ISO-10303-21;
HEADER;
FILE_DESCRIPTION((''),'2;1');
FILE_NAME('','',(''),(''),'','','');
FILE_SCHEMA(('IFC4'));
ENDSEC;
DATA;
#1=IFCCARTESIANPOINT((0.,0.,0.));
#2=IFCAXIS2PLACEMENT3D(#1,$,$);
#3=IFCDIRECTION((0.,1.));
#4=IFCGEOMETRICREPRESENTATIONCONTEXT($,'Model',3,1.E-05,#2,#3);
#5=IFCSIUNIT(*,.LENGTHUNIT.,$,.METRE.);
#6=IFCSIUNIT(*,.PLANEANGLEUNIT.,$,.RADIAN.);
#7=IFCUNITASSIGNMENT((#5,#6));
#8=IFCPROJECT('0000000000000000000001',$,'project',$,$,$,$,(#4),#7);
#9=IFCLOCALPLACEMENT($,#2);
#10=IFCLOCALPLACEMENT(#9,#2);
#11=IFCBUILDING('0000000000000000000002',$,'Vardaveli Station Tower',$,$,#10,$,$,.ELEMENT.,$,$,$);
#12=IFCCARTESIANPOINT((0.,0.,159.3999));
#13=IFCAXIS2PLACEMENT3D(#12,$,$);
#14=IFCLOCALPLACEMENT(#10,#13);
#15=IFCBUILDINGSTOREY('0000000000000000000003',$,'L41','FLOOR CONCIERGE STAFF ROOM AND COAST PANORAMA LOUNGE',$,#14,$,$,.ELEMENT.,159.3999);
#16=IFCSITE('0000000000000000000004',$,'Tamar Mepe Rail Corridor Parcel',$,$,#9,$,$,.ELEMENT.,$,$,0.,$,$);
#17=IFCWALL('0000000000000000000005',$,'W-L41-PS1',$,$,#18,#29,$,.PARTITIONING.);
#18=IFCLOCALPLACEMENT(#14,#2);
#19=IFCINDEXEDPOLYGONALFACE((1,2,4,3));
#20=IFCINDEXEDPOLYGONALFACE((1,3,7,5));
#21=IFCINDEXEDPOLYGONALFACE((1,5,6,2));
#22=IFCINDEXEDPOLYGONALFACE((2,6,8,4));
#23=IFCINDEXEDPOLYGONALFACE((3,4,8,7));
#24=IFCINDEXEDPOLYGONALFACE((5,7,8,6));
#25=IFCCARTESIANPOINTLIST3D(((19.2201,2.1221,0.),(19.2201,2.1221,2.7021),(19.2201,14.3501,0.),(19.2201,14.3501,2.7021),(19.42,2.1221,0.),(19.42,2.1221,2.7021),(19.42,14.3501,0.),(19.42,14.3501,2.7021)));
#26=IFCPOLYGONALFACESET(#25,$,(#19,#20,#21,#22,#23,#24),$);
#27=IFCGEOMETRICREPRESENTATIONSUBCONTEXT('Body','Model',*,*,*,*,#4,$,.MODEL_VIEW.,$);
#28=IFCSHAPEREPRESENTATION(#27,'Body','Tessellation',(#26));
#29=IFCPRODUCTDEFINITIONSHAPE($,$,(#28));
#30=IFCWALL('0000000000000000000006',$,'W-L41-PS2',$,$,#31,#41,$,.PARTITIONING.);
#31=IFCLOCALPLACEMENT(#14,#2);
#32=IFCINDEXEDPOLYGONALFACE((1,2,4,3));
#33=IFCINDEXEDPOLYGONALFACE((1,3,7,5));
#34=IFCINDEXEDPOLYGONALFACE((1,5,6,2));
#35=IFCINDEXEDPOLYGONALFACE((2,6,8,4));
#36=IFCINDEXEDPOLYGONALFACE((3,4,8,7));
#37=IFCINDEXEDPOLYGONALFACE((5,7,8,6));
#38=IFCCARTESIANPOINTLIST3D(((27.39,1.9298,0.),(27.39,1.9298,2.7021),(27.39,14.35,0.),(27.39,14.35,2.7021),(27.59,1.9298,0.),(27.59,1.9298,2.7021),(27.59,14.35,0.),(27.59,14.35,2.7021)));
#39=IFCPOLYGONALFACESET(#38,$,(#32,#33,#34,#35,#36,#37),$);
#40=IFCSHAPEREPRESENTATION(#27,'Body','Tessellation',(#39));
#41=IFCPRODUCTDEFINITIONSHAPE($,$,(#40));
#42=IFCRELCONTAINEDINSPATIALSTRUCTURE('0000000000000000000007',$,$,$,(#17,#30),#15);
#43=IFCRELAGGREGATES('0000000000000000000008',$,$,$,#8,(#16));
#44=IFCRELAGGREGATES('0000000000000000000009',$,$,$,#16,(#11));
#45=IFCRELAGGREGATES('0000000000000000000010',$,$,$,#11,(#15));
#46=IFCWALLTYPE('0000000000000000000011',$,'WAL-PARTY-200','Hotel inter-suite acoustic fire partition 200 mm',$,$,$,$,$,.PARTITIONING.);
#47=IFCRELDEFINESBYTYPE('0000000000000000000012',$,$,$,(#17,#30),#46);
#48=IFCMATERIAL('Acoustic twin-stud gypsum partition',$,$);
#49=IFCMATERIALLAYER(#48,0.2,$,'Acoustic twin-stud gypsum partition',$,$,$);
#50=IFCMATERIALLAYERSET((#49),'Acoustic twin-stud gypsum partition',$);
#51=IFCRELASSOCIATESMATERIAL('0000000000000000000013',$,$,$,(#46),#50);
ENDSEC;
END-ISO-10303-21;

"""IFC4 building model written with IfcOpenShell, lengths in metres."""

from ifc_helpers import new_model, si_unit, direction, frame, frame_2d, origin, place, context, subcontext, project, spatial, rectangle, extrude, source, transform, mapped, material, layer, layer_set, type_object, element, save


model = new_model("IFC4")

# Units and contexts
model_context = context("Model", 3, precision=1e-05, world=origin(), true_north=direction((0.0, 1.0)))
body_context = subcontext(model_context, "Body", "Model", "MODEL_VIEW")
ifc_project = project(units=[si_unit("LENGTHUNIT", "METRE"), si_unit("PLANEANGLEUNIT", "RADIAN")], contexts=[model_context])

# Site, building, storey
site_placement = place(None, origin())
site = spatial("IfcSite", under=ifc_project, at=site_placement, Name="Tamar Mepe Rail Corridor Parcel", CompositionType="ELEMENT", RefElevation=0.0)
building_placement = place(site_placement, origin())
building = spatial("IfcBuilding", under=site, at=building_placement, Name="Vardaveli Station Tower", CompositionType="ELEMENT")
storey_placement = place(building_placement, frame((0.0, 0.0, 159.3999)))
storey = spatial("IfcBuildingStorey", under=building, at=storey_placement, Name="L41", Description="FLOOR CONCIERGE STAFF ROOM AND COAST PANORAMA LOUNGE", CompositionType="ELEMENT", Elevation=159.3999)

# Walls
ifc_material_1 = material(Name="Acoustic twin-stud gypsum partition")
ifc_layer_1 = layer(ifc_material_1, 0.2, Name="Acoustic twin-stud gypsum partition")
ifc_layer_set_1 = layer_set([ifc_layer_1], Name="Acoustic twin-stud gypsum partition")
wall_type = type_object("IfcWallType", Name="WAL-PARTY-200", Description="Hotel inter-suite acoustic fire partition 200 mm", PredefinedType="PARTITIONING", material=ifc_layer_set_1)
shared_shape_1 = source(origin(), body_context, "Body", "SweptSolid", [
    extrude(rectangle(XDim=12.228, YDim=0.2, at=frame_2d((6.114, 0.0))), origin(), (0.0, 0.0, 1.0), 2.7021),
])
wall_1_placement = place(storey_placement, frame((19.3201, 2.1221, 0.0), z_axis=(0.0, 0.0, 1.0), x_axis=(0.0, 1.0, 0.0)))
element("IfcWall", 1, at=wall_1_placement, inside=storey, type_object=wall_type, Name="W-L41-PS1", PredefinedType="PARTITIONING", context=body_context, shape_type="MappedRepresentation", body=[
    mapped(shared_shape_1, transform((0.0, 0.0, 0.0), scale=1.0)),
])
shared_shape_2 = source(origin(), body_context, "Body", "SweptSolid", [
    extrude(rectangle(XDim=12.4202, YDim=0.2, at=frame_2d((6.21, 0.0))), origin(), (0.0, 0.0, 1.0), 2.7021),
])
wall_2_placement = place(storey_placement, frame((27.49, 1.9299, 0.0), z_axis=(0.0, 0.0, 1.0), x_axis=(0.0, 1.0, 0.0)))
element("IfcWall", 2, at=wall_2_placement, inside=storey, type_object=wall_type, Name="W-L41-PS2", PredefinedType="PARTITIONING", context=body_context, shape_type="MappedRepresentation", body=[
    mapped(shared_shape_2, transform((0.0, 0.0, 0.0), scale=1.0)),
])

save(model, "model.ifc")
